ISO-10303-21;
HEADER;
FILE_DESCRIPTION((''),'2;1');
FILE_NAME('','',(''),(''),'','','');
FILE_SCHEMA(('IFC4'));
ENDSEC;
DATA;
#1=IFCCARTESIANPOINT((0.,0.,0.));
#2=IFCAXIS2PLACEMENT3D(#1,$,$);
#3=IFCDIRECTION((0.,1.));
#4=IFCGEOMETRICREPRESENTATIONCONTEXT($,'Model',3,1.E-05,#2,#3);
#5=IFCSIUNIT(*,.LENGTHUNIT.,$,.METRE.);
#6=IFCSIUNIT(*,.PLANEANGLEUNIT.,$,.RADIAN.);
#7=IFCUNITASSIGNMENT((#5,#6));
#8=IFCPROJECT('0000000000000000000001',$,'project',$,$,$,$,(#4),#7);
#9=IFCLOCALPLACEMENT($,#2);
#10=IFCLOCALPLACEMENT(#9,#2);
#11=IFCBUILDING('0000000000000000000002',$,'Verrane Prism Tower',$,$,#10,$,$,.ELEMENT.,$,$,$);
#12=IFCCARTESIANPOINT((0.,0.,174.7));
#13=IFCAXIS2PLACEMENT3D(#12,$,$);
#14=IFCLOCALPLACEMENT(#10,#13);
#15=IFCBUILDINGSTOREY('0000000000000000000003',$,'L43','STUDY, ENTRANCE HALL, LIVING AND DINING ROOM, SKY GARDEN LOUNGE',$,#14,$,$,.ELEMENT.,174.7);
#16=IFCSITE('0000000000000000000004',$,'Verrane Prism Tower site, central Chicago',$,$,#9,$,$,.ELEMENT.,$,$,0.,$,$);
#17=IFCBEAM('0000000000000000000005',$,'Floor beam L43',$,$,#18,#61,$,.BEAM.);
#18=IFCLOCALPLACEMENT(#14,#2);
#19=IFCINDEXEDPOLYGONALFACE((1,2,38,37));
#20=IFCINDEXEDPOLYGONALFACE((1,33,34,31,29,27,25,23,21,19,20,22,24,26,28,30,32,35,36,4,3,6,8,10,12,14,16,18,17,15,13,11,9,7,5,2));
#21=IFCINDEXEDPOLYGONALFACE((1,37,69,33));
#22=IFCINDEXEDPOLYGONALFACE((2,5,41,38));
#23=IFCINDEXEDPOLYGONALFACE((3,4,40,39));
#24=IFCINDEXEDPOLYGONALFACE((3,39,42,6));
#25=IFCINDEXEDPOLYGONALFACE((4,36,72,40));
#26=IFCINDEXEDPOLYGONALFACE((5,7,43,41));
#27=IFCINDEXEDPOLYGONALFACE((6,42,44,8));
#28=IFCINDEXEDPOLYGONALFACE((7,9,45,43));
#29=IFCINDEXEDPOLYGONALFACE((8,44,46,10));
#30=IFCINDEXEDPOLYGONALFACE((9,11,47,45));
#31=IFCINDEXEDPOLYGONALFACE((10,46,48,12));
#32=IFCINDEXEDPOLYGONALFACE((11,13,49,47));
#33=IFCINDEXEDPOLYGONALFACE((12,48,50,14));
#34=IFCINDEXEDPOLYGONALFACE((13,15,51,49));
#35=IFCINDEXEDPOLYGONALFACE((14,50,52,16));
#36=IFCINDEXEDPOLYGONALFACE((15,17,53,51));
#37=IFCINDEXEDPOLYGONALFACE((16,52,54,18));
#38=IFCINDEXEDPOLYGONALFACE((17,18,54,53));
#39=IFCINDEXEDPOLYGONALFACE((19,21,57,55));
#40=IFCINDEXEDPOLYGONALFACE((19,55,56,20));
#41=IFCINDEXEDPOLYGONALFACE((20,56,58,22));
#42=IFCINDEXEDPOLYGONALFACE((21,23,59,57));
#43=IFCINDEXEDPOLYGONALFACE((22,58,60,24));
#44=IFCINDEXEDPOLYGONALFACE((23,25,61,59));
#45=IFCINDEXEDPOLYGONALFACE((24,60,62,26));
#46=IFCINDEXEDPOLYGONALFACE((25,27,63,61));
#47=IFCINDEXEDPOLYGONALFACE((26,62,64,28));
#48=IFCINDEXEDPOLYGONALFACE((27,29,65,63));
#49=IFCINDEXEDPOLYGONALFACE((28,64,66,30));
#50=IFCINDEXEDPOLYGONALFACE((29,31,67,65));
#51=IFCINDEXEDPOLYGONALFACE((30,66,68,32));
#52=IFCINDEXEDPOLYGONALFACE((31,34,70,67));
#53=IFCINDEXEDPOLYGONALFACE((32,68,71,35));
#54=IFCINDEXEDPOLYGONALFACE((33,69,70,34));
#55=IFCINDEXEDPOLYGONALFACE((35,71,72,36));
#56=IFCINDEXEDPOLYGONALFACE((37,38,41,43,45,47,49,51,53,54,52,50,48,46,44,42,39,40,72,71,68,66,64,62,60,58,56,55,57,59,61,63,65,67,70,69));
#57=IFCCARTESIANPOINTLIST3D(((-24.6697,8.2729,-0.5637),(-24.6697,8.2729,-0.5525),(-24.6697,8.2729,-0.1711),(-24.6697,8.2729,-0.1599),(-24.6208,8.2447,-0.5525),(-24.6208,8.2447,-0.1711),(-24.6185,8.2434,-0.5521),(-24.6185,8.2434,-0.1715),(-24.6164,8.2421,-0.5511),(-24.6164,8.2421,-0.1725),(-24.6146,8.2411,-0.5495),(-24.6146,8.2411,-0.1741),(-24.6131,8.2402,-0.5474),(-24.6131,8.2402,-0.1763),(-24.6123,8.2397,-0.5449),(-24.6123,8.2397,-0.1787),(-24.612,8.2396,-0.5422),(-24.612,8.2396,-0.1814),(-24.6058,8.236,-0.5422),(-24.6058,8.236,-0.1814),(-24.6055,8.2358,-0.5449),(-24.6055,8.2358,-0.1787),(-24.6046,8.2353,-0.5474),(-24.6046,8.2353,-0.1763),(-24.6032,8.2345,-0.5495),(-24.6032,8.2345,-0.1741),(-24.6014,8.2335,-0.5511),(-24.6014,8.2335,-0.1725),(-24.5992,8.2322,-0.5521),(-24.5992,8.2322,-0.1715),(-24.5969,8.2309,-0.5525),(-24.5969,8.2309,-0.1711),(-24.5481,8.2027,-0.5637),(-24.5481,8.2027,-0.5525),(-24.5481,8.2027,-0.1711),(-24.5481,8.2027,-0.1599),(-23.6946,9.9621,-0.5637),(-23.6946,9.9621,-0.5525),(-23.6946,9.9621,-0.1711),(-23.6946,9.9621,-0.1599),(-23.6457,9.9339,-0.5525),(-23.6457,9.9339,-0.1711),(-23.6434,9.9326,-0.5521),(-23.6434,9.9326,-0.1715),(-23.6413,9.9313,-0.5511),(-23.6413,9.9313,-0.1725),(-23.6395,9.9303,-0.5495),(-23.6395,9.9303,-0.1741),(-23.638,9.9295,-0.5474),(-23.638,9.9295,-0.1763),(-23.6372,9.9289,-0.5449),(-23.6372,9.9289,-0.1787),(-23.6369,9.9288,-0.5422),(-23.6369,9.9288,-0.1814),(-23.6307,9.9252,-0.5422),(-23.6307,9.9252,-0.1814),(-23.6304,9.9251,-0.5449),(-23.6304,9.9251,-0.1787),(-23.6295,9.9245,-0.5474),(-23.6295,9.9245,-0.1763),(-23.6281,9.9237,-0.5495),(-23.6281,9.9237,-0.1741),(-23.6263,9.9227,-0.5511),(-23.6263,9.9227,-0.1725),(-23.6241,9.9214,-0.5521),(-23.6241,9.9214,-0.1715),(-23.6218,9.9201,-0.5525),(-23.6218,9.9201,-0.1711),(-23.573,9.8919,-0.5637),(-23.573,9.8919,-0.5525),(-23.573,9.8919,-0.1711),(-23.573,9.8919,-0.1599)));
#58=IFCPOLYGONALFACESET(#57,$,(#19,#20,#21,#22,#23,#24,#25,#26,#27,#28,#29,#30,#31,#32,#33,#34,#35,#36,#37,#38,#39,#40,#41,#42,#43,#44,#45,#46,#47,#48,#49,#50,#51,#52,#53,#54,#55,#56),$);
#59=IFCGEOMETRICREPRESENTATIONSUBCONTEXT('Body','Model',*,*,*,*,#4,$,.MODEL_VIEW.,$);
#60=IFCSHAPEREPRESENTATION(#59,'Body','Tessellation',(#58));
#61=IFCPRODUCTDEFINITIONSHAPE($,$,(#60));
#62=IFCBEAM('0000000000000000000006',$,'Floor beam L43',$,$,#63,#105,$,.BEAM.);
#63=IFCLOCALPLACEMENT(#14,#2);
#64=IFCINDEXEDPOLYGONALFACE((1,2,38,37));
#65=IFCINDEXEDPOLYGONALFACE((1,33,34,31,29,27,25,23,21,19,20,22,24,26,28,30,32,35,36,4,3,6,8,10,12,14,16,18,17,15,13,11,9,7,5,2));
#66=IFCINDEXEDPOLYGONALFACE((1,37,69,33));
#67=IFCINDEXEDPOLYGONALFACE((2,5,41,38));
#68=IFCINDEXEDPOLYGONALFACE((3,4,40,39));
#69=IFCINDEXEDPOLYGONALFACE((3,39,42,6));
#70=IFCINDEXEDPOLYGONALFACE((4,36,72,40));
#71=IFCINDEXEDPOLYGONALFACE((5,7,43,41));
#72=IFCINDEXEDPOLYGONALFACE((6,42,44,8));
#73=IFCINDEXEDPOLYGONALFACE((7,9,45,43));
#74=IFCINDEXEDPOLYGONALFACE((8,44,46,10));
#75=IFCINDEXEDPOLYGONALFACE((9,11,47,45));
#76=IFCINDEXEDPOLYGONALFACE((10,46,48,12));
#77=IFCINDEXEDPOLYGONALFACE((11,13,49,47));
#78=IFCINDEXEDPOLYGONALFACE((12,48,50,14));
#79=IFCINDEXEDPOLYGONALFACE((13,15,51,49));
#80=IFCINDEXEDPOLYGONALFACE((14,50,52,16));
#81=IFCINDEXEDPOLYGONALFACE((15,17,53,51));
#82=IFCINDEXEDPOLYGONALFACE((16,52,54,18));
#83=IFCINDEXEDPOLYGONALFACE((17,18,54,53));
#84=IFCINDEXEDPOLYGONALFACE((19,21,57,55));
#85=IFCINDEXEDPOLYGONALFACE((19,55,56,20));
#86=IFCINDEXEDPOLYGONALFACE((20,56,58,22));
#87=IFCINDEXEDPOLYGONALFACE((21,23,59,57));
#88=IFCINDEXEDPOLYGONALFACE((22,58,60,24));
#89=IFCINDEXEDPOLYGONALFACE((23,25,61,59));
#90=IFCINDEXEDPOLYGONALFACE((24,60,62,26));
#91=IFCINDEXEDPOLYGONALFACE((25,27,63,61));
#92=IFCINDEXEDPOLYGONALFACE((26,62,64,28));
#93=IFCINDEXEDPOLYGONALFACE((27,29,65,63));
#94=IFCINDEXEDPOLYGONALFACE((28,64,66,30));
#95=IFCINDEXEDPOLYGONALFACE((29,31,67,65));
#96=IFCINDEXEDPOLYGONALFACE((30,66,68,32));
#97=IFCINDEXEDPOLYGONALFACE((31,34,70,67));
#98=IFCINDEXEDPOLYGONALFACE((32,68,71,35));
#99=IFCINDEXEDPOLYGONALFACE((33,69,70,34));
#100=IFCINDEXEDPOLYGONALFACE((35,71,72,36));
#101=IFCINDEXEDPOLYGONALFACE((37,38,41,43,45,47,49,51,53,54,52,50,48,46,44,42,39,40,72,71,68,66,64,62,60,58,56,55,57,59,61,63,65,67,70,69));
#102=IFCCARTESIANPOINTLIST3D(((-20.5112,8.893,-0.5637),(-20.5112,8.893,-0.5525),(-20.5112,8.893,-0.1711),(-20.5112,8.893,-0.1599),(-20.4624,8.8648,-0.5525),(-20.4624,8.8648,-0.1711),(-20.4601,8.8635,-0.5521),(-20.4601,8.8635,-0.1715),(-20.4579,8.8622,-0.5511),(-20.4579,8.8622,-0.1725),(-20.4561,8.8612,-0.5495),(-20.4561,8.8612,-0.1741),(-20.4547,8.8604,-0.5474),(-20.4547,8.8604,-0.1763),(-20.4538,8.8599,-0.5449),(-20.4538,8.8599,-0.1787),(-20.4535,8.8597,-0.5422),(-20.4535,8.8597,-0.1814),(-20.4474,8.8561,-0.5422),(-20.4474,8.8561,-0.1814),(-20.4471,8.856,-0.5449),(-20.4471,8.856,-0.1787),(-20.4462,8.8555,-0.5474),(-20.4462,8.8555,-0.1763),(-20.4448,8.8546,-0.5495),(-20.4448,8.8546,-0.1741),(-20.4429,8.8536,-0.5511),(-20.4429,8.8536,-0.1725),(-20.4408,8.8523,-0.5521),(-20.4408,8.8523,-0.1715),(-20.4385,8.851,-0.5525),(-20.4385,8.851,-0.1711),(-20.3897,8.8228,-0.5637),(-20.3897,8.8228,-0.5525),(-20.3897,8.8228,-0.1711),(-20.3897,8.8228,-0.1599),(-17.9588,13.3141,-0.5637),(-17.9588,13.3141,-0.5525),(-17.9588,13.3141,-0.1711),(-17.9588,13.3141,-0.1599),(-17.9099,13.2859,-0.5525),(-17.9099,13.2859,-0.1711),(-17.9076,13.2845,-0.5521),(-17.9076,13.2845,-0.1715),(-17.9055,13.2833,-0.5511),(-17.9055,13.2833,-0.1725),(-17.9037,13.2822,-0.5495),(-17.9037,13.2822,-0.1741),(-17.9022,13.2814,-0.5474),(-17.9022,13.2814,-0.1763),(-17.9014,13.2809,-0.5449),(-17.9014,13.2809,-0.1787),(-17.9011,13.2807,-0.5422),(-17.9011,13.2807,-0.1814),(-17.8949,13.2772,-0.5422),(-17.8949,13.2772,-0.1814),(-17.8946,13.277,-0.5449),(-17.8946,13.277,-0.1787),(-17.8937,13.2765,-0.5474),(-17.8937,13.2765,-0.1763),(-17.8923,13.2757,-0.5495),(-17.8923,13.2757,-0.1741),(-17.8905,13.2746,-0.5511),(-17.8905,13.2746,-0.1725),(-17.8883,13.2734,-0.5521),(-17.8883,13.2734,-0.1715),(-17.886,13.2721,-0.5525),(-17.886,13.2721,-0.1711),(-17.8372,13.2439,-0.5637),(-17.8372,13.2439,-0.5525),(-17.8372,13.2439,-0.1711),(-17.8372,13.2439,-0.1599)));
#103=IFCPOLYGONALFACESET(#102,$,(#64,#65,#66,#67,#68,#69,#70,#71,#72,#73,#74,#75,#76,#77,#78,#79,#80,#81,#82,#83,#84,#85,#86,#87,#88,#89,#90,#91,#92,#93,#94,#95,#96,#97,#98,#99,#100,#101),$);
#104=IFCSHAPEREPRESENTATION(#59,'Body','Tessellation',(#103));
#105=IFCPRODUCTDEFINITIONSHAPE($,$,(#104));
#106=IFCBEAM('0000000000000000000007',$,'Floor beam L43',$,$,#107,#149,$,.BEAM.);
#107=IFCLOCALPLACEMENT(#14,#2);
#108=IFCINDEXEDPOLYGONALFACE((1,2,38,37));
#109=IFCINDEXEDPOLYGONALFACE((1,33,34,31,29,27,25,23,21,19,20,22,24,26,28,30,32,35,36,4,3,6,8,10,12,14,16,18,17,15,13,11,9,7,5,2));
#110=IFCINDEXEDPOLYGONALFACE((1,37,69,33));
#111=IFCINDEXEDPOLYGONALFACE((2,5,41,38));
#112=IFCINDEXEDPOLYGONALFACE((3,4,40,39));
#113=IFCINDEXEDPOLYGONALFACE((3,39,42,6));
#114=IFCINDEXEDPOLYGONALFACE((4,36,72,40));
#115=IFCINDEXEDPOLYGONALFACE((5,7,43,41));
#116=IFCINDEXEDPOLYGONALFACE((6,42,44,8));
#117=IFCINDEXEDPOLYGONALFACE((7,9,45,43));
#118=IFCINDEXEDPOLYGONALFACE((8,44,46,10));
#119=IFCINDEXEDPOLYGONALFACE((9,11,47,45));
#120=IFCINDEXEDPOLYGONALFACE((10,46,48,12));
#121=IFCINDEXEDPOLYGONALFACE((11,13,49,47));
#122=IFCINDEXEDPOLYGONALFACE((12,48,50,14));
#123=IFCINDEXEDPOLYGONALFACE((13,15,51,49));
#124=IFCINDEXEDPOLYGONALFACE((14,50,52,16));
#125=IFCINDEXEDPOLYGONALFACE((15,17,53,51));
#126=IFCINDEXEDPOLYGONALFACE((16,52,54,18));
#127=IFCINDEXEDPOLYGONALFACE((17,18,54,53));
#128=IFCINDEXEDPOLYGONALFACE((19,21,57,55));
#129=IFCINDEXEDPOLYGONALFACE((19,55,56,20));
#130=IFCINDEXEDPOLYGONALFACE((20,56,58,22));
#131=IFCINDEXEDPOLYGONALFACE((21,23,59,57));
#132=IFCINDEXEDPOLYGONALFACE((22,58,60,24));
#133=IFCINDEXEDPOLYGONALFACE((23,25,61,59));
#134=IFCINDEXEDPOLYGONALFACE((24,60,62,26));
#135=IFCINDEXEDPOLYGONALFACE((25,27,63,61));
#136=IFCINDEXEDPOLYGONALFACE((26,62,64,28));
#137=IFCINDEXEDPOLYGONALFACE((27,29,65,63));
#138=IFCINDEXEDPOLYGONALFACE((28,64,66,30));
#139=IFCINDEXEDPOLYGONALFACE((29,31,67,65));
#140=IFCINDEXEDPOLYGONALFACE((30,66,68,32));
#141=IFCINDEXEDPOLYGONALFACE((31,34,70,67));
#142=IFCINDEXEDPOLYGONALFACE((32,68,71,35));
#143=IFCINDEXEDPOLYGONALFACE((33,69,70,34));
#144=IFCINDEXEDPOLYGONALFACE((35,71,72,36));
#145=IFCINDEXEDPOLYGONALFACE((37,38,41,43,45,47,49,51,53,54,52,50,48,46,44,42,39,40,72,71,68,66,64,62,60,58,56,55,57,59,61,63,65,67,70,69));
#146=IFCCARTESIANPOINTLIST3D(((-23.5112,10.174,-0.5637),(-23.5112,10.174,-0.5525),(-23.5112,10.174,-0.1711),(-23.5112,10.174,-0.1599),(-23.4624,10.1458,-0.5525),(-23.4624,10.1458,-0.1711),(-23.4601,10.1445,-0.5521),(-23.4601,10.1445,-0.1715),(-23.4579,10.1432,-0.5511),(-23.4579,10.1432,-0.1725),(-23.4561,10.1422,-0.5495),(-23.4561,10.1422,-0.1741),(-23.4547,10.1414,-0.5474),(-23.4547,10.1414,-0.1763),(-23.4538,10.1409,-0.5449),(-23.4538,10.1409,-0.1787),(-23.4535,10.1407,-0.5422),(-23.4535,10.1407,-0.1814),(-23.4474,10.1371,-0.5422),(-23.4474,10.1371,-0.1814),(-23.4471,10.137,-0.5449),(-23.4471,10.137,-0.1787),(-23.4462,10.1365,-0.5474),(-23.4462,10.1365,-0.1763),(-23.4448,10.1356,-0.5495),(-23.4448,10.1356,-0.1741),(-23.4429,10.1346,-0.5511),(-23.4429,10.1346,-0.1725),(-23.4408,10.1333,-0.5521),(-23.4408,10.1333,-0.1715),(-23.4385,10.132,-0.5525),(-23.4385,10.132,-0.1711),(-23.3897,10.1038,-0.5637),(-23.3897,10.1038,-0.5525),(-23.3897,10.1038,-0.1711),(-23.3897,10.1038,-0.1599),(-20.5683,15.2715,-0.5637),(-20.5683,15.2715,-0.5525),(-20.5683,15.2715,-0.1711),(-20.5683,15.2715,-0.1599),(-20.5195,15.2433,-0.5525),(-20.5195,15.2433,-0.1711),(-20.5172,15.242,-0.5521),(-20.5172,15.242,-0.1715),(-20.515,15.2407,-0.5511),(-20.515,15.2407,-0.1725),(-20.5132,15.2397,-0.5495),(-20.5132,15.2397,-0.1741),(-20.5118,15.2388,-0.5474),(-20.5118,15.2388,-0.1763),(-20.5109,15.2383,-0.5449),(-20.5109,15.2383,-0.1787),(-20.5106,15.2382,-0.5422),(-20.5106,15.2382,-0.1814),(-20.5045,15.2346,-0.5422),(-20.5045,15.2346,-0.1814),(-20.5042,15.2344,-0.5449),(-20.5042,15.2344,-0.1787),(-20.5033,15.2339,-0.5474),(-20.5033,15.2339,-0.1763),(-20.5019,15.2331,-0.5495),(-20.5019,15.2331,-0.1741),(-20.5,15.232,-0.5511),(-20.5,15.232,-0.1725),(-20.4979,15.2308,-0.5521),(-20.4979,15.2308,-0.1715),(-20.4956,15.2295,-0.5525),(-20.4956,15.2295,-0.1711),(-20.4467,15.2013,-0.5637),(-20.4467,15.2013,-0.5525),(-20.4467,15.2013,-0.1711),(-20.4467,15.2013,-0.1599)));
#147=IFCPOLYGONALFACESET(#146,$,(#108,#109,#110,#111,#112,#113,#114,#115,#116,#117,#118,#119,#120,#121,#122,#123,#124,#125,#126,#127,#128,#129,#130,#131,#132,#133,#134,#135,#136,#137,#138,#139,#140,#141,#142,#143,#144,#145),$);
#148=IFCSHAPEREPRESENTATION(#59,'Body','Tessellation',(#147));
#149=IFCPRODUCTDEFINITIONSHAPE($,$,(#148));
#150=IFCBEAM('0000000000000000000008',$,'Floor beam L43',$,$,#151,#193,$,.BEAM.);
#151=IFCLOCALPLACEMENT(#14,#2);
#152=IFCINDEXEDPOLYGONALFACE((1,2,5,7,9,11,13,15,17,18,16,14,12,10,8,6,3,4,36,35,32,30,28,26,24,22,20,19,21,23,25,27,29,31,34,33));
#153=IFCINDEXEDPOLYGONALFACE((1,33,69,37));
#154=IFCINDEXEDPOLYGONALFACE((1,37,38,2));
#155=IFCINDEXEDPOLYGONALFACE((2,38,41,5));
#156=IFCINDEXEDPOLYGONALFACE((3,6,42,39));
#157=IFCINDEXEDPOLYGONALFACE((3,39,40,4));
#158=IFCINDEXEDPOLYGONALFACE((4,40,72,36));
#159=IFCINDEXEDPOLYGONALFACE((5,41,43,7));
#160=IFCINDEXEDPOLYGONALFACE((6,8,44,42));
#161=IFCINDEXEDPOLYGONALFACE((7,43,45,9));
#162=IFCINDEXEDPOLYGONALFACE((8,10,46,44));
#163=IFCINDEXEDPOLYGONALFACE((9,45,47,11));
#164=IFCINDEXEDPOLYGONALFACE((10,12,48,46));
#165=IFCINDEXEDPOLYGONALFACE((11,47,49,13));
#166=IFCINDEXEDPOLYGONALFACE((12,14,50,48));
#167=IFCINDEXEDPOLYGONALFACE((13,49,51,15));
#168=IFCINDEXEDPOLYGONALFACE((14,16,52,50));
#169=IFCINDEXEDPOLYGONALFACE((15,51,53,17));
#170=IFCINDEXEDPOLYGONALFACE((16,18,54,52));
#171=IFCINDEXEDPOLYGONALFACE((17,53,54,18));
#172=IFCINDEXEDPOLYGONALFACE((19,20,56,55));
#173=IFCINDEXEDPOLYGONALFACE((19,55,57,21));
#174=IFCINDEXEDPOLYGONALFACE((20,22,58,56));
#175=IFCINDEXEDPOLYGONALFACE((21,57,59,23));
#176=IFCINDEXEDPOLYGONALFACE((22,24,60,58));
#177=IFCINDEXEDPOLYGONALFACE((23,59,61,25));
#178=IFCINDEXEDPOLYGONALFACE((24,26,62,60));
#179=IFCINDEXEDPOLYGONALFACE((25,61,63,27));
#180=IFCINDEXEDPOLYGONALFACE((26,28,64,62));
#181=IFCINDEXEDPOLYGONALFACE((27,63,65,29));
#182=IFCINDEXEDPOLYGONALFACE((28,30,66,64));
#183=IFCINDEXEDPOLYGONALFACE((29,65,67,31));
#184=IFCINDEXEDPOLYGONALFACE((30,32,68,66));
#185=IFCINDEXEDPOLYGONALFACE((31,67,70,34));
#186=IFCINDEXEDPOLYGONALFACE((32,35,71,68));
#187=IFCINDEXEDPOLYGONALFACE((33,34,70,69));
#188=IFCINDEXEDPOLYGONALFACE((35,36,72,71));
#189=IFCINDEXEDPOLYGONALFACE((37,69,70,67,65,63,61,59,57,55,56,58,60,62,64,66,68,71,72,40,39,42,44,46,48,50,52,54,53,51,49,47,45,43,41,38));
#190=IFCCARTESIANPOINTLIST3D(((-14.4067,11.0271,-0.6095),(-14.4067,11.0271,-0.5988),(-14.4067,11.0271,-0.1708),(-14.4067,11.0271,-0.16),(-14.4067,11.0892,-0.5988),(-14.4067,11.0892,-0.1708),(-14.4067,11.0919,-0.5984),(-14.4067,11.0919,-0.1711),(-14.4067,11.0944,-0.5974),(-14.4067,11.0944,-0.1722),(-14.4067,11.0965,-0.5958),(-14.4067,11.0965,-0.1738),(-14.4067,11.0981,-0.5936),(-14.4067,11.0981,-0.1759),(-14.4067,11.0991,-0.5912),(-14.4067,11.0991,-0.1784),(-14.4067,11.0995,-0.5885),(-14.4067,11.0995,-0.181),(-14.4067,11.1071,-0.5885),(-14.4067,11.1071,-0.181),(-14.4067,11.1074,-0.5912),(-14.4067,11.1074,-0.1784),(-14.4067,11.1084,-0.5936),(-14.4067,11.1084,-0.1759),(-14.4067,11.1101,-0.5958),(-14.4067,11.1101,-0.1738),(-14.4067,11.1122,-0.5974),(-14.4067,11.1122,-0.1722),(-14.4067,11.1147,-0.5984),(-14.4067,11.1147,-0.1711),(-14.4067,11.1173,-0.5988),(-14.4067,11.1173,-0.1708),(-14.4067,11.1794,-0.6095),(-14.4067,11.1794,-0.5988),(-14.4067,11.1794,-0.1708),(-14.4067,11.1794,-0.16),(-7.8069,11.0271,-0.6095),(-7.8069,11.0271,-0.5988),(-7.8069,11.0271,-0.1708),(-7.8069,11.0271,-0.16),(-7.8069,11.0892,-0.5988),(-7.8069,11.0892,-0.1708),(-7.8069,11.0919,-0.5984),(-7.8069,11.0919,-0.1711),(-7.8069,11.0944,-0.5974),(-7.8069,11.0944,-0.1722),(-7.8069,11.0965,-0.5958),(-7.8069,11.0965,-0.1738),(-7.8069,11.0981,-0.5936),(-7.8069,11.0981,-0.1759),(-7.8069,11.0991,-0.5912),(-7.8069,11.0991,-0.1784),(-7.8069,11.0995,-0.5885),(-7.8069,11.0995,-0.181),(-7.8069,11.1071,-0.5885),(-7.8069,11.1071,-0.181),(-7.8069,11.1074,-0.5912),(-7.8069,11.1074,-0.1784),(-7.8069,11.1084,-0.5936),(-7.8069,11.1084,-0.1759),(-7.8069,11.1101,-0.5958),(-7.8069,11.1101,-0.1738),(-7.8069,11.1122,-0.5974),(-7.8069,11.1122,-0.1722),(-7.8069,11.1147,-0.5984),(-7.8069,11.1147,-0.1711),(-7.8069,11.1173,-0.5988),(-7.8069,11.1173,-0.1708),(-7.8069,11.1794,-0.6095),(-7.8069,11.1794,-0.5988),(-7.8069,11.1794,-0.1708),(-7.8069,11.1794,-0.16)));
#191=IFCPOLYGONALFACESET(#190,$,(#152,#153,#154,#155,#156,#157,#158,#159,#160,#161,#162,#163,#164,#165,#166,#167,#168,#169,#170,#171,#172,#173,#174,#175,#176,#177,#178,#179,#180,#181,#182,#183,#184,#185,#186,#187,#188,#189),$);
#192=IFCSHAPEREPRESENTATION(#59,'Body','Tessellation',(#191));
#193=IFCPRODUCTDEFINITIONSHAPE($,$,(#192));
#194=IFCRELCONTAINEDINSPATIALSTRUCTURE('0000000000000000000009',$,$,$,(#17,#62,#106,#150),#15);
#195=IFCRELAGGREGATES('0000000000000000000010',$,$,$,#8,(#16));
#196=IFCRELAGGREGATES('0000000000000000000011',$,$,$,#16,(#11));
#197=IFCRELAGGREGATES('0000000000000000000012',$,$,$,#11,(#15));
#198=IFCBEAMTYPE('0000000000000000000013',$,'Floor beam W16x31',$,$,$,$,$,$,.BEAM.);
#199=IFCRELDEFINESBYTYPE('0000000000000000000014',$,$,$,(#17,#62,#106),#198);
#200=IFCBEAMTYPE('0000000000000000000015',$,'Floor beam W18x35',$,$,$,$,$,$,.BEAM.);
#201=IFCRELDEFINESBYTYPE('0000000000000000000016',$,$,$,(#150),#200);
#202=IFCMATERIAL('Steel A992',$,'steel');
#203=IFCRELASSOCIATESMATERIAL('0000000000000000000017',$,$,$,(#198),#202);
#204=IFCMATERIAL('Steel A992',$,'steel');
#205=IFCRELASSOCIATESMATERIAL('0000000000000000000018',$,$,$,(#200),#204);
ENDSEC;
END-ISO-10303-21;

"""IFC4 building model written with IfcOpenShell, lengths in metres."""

from ifc_helpers import new_model, si_unit, direction, frame, origin, origin_2d, place, context, subcontext, project, spatial, i_section, extrude, material, material_profile, profile_set, type_object, element, save


model = new_model("IFC4")

# Units and contexts
model_context = context("Model", 3, precision=1e-05, world=origin(), true_north=direction((0.0, 1.0)))
body_context = subcontext(model_context, "Body", "Model", "MODEL_VIEW")
ifc_project = project(units=[si_unit("LENGTHUNIT", "METRE"), si_unit("PLANEANGLEUNIT", "RADIAN")], contexts=[model_context])

# Site, building, storey
site_placement = place(None, origin())
site = spatial("IfcSite", under=ifc_project, at=site_placement, Name="Verrane Prism Tower site, central Chicago", CompositionType="ELEMENT", RefElevation=0.0)
building_placement = place(site_placement, origin())
building = spatial("IfcBuilding", under=site, at=building_placement, Name="Verrane Prism Tower", CompositionType="ELEMENT")
storey_placement = place(building_placement, frame((0.0, 0.0, 174.7)))
storey = spatial("IfcBuildingStorey", under=building, at=storey_placement, Name="L43", Description="STUDY, ENTRANCE HALL, LIVING AND DINING ROOM, SKY GARDEN LOUNGE", CompositionType="ELEMENT", Elevation=174.7)

# Beams
ifc_material_1 = material(Name="Steel A992", Category="steel")
ifc_material_profile_1 = material_profile(ifc_material_1, i_section(OverallWidth=0.1404, OverallDepth=0.4038, WebThickness=0.0071, FlangeThickness=0.0112, FilletRadius=0.0103, at=origin_2d()), Name="W16x31")
ifc_profile_set_1 = profile_set([ifc_material_profile_1], Name="Steel A992")
beam_type_1 = type_object("IfcBeamType", Name="Floor beam W16x31", PredefinedType="BEAM", material=ifc_profile_set_1)
beam_1_placement = place(storey_placement, frame((-24.6089, 8.2378, -0.3618), z_axis=(0.499936, 0.866063, 0.0), x_axis=(-0.866063, 0.499936, 0.0)))
element("IfcBeam", 1, at=beam_1_placement, inside=storey, type_object=beam_type_1, Name="Floor beam L43", PredefinedType="BEAM", context=body_context, shape_type="SweptSolid", body=[
    extrude(i_section(OverallWidth=0.1404, OverallDepth=0.4038, WebThickness=0.0071, FlangeThickness=0.0112, FilletRadius=0.0103, at=origin_2d()), origin(), (0.0, 0.0, 1.0), 1.9504),
])
beam_2_placement = place(storey_placement, frame((-20.4504, 8.8579, -0.3618), z_axis=(0.499992, 0.86603, 0.0), x_axis=(-0.86603, 0.499992, 0.0)))
element("IfcBeam", 2, at=beam_2_placement, inside=storey, type_object=beam_type_1, Name="Floor beam L43", PredefinedType="BEAM", context=body_context, shape_type="SweptSolid", body=[
    extrude(i_section(OverallWidth=0.1404, OverallDepth=0.4038, WebThickness=0.0071, FlangeThickness=0.0112, FilletRadius=0.0103, at=origin_2d()), origin(), (0.0, 0.0, 1.0), 5.105),
])
beam_3_placement = place(storey_placement, frame((-23.4504, 10.1389, -0.3618), z_axis=(0.499985, 0.866034, 0.0), x_axis=(-0.866034, 0.499985, 0.0)))
element("IfcBeam", 3, at=beam_3_placement, inside=storey, type_object=beam_type_1, Name="Floor beam L43", PredefinedType="BEAM", context=body_context, shape_type="SweptSolid", body=[
    extrude(i_section(OverallWidth=0.1404, OverallDepth=0.4038, WebThickness=0.0071, FlangeThickness=0.0112, FilletRadius=0.0103, at=origin_2d()), origin(), (0.0, 0.0, 1.0), 5.886),
])
ifc_material_2 = material(Name="Steel A992", Category="steel")
ifc_material_profile_2 = material_profile(ifc_material_2, i_section(OverallWidth=0.1523, OverallDepth=0.4495, WebThickness=0.0076, FlangeThickness=0.0107, FilletRadius=0.0103, at=origin_2d()), Name="W18x35")
ifc_profile_set_2 = profile_set([ifc_material_profile_2], Name="Steel A992")
beam_type_2 = type_object("IfcBeamType", Name="Floor beam W18x35", PredefinedType="BEAM", material=ifc_profile_set_2)
beam_4_placement = place(storey_placement, frame((-14.4067, 11.1033, -0.3848), z_axis=(1.0, 0.0, 0.0), x_axis=(0.0, 1.0, 0.0)))
element("IfcBeam", 4, at=beam_4_placement, inside=storey, type_object=beam_type_2, Name="Floor beam L43", PredefinedType="BEAM", context=body_context, shape_type="SweptSolid", body=[
    extrude(i_section(OverallWidth=0.1523, OverallDepth=0.4495, WebThickness=0.0076, FlangeThickness=0.0107, FilletRadius=0.0103, at=origin_2d()), origin(), (0.0, 0.0, 1.0), 6.5999),
])

save(model, "model.ifc")
